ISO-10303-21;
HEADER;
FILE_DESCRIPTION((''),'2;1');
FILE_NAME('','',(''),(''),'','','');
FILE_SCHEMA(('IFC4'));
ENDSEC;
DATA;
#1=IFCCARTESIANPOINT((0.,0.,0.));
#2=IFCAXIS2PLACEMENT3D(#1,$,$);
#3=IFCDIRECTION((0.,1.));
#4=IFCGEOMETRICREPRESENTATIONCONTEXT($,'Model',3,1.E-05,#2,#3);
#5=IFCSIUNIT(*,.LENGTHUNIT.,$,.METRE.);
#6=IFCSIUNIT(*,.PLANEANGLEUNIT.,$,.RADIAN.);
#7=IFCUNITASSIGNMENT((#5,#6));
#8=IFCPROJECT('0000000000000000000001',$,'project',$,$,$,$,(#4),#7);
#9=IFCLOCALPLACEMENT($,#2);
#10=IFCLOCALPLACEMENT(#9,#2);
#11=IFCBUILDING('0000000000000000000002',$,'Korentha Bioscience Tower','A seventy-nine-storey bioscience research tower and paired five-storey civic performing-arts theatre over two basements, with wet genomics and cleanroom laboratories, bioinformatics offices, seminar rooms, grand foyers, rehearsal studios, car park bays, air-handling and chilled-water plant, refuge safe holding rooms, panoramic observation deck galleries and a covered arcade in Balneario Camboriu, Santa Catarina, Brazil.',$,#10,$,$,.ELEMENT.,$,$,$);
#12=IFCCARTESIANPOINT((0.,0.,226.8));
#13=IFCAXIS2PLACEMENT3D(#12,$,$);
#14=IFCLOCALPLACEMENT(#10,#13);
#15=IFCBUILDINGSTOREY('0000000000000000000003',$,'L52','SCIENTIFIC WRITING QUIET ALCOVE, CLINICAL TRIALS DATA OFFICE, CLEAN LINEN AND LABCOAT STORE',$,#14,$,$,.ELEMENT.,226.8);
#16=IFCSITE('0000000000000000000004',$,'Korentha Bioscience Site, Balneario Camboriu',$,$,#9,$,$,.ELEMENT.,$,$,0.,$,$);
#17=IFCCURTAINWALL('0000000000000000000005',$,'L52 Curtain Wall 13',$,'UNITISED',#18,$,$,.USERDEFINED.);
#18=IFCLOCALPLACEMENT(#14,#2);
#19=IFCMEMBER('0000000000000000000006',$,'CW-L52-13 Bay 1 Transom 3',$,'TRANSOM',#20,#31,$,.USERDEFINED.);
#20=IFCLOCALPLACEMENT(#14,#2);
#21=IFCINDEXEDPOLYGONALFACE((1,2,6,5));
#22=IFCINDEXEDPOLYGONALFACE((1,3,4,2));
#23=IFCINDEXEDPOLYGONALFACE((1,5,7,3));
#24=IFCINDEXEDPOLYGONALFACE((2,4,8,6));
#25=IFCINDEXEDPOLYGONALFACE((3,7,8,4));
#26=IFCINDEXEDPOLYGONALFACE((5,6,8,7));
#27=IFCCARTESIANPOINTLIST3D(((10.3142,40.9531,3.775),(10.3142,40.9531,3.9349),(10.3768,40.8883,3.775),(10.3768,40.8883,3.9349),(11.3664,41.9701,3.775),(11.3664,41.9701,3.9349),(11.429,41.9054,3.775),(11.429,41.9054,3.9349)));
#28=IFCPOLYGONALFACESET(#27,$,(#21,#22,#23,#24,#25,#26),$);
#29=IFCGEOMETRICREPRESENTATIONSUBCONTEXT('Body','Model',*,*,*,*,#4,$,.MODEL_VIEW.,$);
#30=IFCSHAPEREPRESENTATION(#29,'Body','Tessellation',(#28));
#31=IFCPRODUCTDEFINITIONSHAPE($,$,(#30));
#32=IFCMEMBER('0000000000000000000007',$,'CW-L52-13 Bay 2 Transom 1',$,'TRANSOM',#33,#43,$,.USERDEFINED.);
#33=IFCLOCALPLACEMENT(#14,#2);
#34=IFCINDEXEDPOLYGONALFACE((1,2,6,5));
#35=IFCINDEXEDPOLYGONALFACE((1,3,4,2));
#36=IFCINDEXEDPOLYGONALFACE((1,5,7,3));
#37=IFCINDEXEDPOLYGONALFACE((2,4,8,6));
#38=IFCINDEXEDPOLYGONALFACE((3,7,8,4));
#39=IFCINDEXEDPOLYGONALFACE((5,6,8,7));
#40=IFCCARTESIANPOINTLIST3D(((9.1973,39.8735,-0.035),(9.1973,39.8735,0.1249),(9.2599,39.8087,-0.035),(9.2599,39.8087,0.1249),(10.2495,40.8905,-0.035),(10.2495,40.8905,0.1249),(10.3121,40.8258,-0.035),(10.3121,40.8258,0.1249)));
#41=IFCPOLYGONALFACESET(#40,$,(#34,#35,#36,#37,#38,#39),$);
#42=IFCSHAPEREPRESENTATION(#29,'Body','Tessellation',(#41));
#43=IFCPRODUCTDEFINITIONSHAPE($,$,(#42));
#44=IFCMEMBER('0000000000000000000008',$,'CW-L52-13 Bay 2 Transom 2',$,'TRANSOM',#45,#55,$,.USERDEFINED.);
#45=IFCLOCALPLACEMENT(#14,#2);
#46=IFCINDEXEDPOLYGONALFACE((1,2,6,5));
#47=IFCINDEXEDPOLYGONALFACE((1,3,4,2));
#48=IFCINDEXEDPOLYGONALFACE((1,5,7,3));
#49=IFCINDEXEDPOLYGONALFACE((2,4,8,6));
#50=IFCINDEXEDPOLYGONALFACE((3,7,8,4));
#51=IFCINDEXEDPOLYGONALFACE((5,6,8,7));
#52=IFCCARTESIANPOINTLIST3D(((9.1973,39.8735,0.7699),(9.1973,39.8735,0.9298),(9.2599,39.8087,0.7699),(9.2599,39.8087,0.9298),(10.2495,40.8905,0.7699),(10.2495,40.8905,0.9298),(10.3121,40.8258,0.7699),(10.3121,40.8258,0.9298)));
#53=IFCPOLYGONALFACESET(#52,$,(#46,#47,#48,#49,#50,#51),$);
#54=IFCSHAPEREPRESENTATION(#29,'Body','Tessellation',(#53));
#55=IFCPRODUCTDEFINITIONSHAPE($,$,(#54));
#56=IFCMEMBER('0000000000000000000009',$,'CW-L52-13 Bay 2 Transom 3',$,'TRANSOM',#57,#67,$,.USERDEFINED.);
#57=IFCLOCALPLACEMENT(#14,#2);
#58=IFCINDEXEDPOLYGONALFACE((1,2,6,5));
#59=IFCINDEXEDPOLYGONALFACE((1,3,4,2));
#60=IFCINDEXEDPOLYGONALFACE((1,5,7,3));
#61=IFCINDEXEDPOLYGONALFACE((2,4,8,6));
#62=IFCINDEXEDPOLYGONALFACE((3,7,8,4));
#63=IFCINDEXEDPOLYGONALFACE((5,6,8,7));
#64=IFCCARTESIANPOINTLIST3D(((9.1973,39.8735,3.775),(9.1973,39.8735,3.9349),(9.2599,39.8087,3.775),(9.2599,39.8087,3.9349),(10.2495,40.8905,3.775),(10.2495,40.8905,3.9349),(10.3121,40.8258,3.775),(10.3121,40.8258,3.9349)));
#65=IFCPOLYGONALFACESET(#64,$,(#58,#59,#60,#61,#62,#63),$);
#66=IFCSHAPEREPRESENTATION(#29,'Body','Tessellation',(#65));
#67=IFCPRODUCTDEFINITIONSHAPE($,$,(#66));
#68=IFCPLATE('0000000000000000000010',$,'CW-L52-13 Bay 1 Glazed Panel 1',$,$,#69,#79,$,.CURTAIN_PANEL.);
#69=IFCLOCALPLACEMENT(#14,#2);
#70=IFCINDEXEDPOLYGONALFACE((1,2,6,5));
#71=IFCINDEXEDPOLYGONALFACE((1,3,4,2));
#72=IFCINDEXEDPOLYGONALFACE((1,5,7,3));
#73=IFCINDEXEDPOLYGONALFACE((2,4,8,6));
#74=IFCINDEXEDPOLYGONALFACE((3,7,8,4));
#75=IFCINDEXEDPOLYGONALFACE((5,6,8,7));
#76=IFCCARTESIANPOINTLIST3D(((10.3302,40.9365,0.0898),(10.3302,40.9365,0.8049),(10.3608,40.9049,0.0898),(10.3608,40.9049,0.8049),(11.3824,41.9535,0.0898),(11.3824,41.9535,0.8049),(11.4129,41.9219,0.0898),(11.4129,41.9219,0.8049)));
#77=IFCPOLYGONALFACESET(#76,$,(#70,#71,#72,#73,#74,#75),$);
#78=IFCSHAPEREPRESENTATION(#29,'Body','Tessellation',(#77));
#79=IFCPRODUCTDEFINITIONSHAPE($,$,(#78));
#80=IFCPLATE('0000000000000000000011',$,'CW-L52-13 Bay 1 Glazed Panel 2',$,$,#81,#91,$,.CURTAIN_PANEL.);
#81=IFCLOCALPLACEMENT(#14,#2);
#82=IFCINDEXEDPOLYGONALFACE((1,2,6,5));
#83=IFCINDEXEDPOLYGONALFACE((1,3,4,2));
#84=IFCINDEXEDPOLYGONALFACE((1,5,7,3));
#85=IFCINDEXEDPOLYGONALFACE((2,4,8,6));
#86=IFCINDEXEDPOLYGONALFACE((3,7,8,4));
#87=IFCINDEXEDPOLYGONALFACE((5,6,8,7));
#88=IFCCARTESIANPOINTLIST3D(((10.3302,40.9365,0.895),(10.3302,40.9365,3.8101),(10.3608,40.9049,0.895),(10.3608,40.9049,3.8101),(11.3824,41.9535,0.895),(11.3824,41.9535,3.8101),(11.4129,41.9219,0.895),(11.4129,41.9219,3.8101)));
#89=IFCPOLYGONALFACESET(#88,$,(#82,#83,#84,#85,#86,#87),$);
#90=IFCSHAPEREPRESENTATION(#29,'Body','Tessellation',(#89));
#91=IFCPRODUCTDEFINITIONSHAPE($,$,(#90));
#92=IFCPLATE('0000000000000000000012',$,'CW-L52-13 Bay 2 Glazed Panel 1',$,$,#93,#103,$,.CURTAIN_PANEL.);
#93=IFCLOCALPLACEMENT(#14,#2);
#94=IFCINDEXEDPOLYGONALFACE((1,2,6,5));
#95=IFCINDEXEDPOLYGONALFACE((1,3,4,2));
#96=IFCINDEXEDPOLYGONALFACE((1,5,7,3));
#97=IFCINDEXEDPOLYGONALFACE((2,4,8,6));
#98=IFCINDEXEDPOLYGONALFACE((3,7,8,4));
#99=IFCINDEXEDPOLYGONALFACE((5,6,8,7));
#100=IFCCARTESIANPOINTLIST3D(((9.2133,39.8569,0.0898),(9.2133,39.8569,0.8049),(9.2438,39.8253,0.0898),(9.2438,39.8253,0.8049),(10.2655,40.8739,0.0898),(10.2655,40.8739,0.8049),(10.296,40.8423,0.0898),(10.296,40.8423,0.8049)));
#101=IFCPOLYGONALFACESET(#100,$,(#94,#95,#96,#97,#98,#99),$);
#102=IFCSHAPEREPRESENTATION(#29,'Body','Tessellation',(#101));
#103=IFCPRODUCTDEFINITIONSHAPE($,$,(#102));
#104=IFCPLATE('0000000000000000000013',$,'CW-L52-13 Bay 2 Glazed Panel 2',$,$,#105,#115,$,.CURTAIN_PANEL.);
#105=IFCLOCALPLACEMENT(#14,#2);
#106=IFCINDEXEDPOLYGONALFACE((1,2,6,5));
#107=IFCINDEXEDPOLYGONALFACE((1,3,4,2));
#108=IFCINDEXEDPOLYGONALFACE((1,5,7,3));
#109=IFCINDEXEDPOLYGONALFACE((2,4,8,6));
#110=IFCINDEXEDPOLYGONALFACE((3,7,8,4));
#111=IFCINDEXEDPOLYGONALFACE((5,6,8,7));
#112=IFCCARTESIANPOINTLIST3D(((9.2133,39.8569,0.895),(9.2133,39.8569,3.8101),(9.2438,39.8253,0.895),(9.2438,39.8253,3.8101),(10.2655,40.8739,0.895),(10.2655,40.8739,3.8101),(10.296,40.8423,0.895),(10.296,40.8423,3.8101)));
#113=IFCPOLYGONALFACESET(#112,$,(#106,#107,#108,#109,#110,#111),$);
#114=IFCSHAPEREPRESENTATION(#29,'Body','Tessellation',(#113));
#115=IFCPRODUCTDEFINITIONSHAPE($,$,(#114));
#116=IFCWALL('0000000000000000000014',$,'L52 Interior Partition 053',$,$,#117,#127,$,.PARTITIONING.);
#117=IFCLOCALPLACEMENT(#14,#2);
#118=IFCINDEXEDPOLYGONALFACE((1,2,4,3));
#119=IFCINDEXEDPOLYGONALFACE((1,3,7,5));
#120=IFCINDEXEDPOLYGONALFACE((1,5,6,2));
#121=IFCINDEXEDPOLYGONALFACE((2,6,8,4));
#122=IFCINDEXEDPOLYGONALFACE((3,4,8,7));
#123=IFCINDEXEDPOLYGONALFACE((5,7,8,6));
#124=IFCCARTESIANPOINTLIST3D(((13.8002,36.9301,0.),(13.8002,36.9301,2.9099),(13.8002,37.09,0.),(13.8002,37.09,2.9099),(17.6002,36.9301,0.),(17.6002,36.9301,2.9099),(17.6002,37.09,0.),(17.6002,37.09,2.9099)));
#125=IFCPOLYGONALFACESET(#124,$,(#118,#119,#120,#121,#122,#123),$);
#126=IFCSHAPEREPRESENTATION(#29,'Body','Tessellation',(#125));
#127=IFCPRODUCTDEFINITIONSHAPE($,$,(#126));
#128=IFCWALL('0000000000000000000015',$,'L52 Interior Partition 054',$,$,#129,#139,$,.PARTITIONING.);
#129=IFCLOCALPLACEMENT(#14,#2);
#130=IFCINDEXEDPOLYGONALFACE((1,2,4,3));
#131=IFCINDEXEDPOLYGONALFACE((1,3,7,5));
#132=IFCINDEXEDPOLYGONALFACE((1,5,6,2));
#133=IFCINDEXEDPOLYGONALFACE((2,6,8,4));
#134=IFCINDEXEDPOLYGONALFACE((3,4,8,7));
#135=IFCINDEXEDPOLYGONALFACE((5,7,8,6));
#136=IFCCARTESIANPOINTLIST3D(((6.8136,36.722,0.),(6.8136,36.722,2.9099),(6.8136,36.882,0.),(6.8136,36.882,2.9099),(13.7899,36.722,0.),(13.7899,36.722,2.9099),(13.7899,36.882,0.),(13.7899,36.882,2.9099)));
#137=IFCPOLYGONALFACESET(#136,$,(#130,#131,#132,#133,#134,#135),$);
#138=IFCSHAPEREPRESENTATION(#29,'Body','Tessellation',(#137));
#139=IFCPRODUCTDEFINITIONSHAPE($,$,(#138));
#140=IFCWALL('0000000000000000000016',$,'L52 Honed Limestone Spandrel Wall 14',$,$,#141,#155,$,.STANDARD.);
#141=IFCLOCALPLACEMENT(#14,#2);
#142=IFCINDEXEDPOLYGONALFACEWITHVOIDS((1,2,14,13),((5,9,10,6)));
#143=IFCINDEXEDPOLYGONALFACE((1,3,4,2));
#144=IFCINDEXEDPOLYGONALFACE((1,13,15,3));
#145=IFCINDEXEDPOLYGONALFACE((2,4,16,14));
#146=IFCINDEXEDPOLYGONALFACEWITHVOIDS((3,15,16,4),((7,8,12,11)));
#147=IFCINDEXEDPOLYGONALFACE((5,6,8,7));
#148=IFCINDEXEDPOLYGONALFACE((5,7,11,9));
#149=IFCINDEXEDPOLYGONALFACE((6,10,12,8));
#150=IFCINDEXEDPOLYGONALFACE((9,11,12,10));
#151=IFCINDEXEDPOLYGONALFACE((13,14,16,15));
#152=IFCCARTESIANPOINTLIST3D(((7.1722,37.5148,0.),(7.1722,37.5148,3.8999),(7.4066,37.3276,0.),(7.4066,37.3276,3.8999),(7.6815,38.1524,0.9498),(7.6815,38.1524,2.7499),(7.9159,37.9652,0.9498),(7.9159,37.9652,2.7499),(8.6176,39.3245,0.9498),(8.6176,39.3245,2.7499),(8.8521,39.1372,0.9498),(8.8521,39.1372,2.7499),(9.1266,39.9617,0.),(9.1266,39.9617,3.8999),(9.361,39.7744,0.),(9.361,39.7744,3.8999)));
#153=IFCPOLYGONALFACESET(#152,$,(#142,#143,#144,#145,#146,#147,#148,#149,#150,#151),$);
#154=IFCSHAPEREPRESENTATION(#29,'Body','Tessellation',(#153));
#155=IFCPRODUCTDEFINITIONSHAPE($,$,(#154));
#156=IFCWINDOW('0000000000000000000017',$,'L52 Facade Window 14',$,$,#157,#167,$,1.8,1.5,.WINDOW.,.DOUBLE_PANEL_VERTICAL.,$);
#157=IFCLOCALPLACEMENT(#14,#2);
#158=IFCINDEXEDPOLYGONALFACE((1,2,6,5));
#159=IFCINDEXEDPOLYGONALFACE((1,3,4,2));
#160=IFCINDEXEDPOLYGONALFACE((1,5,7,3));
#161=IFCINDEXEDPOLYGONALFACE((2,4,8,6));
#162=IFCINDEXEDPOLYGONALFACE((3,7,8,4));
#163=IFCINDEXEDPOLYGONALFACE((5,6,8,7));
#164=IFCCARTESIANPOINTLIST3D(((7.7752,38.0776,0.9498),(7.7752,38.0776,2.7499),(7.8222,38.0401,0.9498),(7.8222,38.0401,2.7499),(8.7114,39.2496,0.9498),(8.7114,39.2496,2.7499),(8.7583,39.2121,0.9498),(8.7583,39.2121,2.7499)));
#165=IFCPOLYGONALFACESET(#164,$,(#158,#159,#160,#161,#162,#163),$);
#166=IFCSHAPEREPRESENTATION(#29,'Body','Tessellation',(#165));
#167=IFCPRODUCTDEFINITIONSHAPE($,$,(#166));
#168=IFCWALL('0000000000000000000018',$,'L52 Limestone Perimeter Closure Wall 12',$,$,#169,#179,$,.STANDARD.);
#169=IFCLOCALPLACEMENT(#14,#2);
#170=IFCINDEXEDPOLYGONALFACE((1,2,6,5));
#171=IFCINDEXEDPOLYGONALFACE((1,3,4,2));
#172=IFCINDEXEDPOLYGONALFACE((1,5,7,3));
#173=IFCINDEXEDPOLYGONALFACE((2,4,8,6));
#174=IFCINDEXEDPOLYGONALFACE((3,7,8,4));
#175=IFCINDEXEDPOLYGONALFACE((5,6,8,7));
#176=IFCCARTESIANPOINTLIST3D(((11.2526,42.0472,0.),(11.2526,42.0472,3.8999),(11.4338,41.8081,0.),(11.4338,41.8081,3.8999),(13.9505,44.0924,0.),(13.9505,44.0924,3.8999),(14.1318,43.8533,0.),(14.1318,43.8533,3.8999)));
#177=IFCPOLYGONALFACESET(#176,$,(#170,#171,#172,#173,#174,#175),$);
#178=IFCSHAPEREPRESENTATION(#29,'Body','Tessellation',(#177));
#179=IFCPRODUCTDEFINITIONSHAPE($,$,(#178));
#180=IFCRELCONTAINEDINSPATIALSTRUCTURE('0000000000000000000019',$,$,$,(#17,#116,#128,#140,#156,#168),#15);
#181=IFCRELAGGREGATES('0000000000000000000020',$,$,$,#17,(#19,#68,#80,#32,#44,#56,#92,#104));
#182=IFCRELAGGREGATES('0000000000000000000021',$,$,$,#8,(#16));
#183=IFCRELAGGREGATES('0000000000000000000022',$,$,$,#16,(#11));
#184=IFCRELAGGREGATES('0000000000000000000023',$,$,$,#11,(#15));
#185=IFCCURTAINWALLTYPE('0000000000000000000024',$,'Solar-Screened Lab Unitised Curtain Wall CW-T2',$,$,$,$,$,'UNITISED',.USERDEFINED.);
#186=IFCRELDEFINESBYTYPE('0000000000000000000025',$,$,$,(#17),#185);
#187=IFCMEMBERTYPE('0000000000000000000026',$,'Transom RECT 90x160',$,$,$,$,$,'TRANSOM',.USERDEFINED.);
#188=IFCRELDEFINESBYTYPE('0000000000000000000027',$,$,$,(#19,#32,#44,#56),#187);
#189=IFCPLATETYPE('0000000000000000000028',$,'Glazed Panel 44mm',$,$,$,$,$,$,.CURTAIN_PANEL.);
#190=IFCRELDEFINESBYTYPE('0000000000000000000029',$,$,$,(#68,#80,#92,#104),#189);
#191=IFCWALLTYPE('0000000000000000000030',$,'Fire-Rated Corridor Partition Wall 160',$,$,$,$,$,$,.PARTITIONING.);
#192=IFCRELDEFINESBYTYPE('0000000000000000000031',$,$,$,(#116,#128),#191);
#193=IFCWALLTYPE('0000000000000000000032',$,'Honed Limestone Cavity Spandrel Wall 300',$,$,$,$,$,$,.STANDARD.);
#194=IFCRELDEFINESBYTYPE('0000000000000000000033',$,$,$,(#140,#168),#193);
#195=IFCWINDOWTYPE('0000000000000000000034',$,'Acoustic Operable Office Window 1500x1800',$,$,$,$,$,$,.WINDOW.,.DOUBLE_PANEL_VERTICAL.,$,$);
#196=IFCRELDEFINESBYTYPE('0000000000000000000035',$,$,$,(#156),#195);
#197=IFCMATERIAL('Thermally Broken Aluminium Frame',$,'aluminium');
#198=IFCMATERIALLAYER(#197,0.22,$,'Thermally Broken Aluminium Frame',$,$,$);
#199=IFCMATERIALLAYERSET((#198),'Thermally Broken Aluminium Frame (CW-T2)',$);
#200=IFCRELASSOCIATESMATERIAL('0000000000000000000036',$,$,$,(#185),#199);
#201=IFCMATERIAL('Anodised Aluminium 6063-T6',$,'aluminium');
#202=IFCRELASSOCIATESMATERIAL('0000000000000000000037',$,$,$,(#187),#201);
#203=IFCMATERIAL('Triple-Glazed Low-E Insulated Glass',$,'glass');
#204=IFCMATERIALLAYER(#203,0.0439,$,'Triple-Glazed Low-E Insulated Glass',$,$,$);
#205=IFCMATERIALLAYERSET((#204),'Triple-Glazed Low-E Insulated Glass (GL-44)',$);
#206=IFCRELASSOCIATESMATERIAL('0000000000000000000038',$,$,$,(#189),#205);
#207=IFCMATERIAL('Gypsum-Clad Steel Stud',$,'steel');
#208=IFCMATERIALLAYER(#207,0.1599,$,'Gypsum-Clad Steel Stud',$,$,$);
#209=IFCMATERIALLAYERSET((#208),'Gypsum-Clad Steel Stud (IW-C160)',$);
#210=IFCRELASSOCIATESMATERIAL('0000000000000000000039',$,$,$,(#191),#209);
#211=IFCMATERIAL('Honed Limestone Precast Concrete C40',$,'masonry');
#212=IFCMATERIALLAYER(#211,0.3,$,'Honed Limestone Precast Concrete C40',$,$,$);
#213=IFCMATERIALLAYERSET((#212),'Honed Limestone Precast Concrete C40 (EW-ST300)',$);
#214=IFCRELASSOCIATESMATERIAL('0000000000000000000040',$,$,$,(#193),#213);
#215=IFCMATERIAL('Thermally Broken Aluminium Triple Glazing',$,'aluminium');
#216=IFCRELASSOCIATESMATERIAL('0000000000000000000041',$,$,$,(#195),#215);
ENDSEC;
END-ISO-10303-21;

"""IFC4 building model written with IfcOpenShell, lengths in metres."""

from ifc_helpers import new_model, si_unit, direction, frame, frame_2d, origin, origin_2d, place, context, subcontext, project, spatial, rectangle, extrude, material, layer, layer_set, material_profile, profile_set, type_object, element, fill, aggregate, save


model = new_model("IFC4")

# Units and contexts
model_context = context("Model", 3, precision=1e-05, world=origin(), true_north=direction((0.0, 1.0)))
body_context = subcontext(model_context, "Body", "Model", "MODEL_VIEW")
ifc_project = project(units=[si_unit("LENGTHUNIT", "METRE"), si_unit("PLANEANGLEUNIT", "RADIAN")], contexts=[model_context])

# Site, building, storey
site_placement = place(None, origin())
site = spatial("IfcSite", under=ifc_project, at=site_placement, Name="Korentha Bioscience Site, Balneario Camboriu", CompositionType="ELEMENT", RefElevation=0.0)
building_placement = place(site_placement, origin())
building = spatial("IfcBuilding", under=site, at=building_placement, Name="Korentha Bioscience Tower", Description="A seventy-nine-storey bioscience research tower and paired five-storey civic performing-arts theatre over two basements, with wet genomics and cleanroom laboratories, bioinformatics offices, seminar rooms, grand foyers, rehearsal studios, car park bays, air-handling and chilled-water plant, refuge safe holding rooms, panoramic observation deck galleries and a covered arcade in Balneario Camboriu, Santa Catarina, Brazil.", CompositionType="ELEMENT")
storey_placement = place(building_placement, frame((0.0, 0.0, 226.8)))
storey = spatial("IfcBuildingStorey", under=building, at=storey_placement, Name="L52", Description="SCIENTIFIC WRITING QUIET ALCOVE, CLINICAL TRIALS DATA OFFICE, CLEAN LINEN AND LABCOAT STORE", CompositionType="ELEMENT", Elevation=226.8)

# Curtain wall
ifc_material_1 = material(Name="Thermally Broken Aluminium Frame", Category="aluminium")
ifc_layer_1 = layer(ifc_material_1, 0.22, Name="Thermally Broken Aluminium Frame")
ifc_layer_set_1 = layer_set([ifc_layer_1], Name="Thermally Broken Aluminium Frame (CW-T2)")
curtain_wall_type = type_object("IfcCurtainWallType", Name="Solar-Screened Lab Unitised Curtain Wall CW-T2", ElementType="UNITISED", PredefinedType="USERDEFINED", material=ifc_layer_set_1)
curtain_wall_placement = place(storey_placement, origin())
curtain_wall = element("IfcCurtainWall", 1, at=curtain_wall_placement, inside=storey, type_object=curtain_wall_type, Name="L52 Curtain Wall 13", ObjectType="UNITISED", PredefinedType="USERDEFINED")
ifc_material_2 = material(Name="Anodised Aluminium 6063-T6", Category="aluminium")

# Members
ifc_material_profile_1 = material_profile(ifc_material_2, rectangle(XDim=0.0901, YDim=0.1599, at=origin_2d()), Name="Anodised Aluminium 6063-T6")
ifc_profile_set_1 = profile_set([ifc_material_profile_1], Name="Anodised Aluminium 6063-T6 (CW-TRN)")
member_type_1 = type_object("IfcMemberType", Name="Transom RECT 90x160", ElementType="TRANSOM", PredefinedType="USERDEFINED", material=ifc_profile_set_1)
member_1_placement = place(storey_placement, frame((11.3977, 41.9377, 3.855), z_axis=(-0.719016, -0.694993, 0.0), x_axis=(0.694993, -0.719016, 0.0)))
member_1 = element("IfcMember", 2, at=member_1_placement, type_object=member_type_1, Name="CW-L52-13 Bay 1 Transom 3", ObjectType="TRANSOM", PredefinedType="USERDEFINED", context=body_context, shape_type="SweptSolid", body=[
    extrude(rectangle(XDim=0.0901, YDim=0.1599, at=origin_2d()), origin(), (0.0, 0.0, 1.0), 1.4634),
])
member_2_placement = place(storey_placement, frame((10.2808, 40.8582, 0.0449), z_axis=(-0.719016, -0.694993, 0.0), x_axis=(0.694993, -0.719016, 0.0)))
member_2 = element("IfcMember", 3, at=member_2_placement, type_object=member_type_1, Name="CW-L52-13 Bay 2 Transom 1", ObjectType="TRANSOM", PredefinedType="USERDEFINED", context=body_context, shape_type="SweptSolid", body=[
    extrude(rectangle(XDim=0.0901, YDim=0.1599, at=origin_2d()), origin(), (0.0, 0.0, 1.0), 1.4634),
])
member_3_placement = place(storey_placement, frame((10.2808, 40.8582, 0.8499), z_axis=(-0.719016, -0.694993, 0.0), x_axis=(0.694993, -0.719016, 0.0)))
member_3 = element("IfcMember", 4, at=member_3_placement, type_object=member_type_1, Name="CW-L52-13 Bay 2 Transom 2", ObjectType="TRANSOM", PredefinedType="USERDEFINED", context=body_context, shape_type="SweptSolid", body=[
    extrude(rectangle(XDim=0.0901, YDim=0.1599, at=origin_2d()), origin(), (0.0, 0.0, 1.0), 1.4634),
])
member_4_placement = place(storey_placement, frame((10.2808, 40.8582, 3.855), z_axis=(-0.719016, -0.694993, 0.0), x_axis=(0.694993, -0.719016, 0.0)))
member_4 = element("IfcMember", 5, at=member_4_placement, type_object=member_type_1, Name="CW-L52-13 Bay 2 Transom 3", ObjectType="TRANSOM", PredefinedType="USERDEFINED", context=body_context, shape_type="SweptSolid", body=[
    extrude(rectangle(XDim=0.0901, YDim=0.1599, at=origin_2d()), origin(), (0.0, 0.0, 1.0), 1.4634),
])

# Plates
ifc_material_3 = material(Name="Triple-Glazed Low-E Insulated Glass", Category="glass")
ifc_layer_2 = layer(ifc_material_3, 0.0439, Name="Triple-Glazed Low-E Insulated Glass")
ifc_layer_set_2 = layer_set([ifc_layer_2], Name="Triple-Glazed Low-E Insulated Glass (GL-44)")
plate_type = type_object("IfcPlateType", Name="Glazed Panel 44mm", PredefinedType="CURTAIN_PANEL", material=ifc_layer_set_2)
plate_1_placement = place(storey_placement, frame((10.8716, 41.4292, 0.0898), z_axis=(0.0, 0.0, 1.0), x_axis=(-0.719, -0.69501, 0.0)))
plate_1 = element("IfcPlate", 6, at=plate_1_placement, type_object=plate_type, Name="CW-L52-13 Bay 1 Glazed Panel 1", PredefinedType="CURTAIN_PANEL", context=body_context, shape_type="SweptSolid", body=[
    extrude(rectangle(XDim=1.4634, YDim=0.0439, at=origin_2d()), origin(), (0.0, 0.0, 1.0), 0.7151),
])
plate_2_placement = place(storey_placement, frame((10.8716, 41.4292, 0.895), z_axis=(0.0, 0.0, 1.0), x_axis=(-0.719, -0.69501, 0.0)))
plate_2 = element("IfcPlate", 7, at=plate_2_placement, type_object=plate_type, Name="CW-L52-13 Bay 1 Glazed Panel 2", PredefinedType="CURTAIN_PANEL", context=body_context, shape_type="SweptSolid", body=[
    extrude(rectangle(XDim=1.4634, YDim=0.0439, at=origin_2d()), origin(), (0.0, 0.0, 1.0), 2.915),
])
plate_3_placement = place(storey_placement, frame((9.7546, 40.3496, 0.0898), z_axis=(0.0, 0.0, 1.0), x_axis=(-0.719, -0.69501, 0.0)))
plate_3 = element("IfcPlate", 8, at=plate_3_placement, type_object=plate_type, Name="CW-L52-13 Bay 2 Glazed Panel 1", PredefinedType="CURTAIN_PANEL", context=body_context, shape_type="SweptSolid", body=[
    extrude(rectangle(XDim=1.4634, YDim=0.0439, at=origin_2d()), origin(), (0.0, 0.0, 1.0), 0.7151),
])
plate_4_placement = place(storey_placement, frame((9.7546, 40.3496, 0.895), z_axis=(0.0, 0.0, 1.0), x_axis=(-0.719, -0.69501, 0.0)))
plate_4 = element("IfcPlate", 9, at=plate_4_placement, type_object=plate_type, Name="CW-L52-13 Bay 2 Glazed Panel 2", PredefinedType="CURTAIN_PANEL", context=body_context, shape_type="SweptSolid", body=[
    extrude(rectangle(XDim=1.4634, YDim=0.0439, at=origin_2d()), origin(), (0.0, 0.0, 1.0), 2.915),
])
aggregate(curtain_wall, [member_1, plate_1, plate_2, member_2, member_3, member_4, plate_3, plate_4])

# Walls
ifc_material_4 = material(Name="Gypsum-Clad Steel Stud", Category="steel")
ifc_layer_3 = layer(ifc_material_4, 0.1599, Name="Gypsum-Clad Steel Stud")
ifc_layer_set_3 = layer_set([ifc_layer_3], Name="Gypsum-Clad Steel Stud (IW-C160)")
wall_type_1 = type_object("IfcWallType", Name="Fire-Rated Corridor Partition Wall 160", PredefinedType="PARTITIONING", material=ifc_layer_set_3)
wall_1_placement = place(storey_placement, frame((17.6001, 37.01, 0.0), z_axis=(0.0, 0.0, 1.0), x_axis=(-1.0, 0.0, 0.0)))
element("IfcWall", 10, at=wall_1_placement, inside=storey, type_object=wall_type_1, Name="L52 Interior Partition 053", PredefinedType="PARTITIONING", context=body_context, shape_type="SweptSolid", body=[
    extrude(rectangle(XDim=3.8, YDim=0.1599, at=frame_2d((1.8999, 0.0))), origin(), (0.0, 0.0, 1.0), 2.9099),
])
wall_2_placement = place(storey_placement, frame((13.79, 36.802, 0.0), z_axis=(0.0, 0.0, 1.0), x_axis=(-1.0, 0.0, 0.0)))
element("IfcWall", 11, at=wall_2_placement, inside=storey, type_object=wall_type_1, Name="L52 Interior Partition 054", PredefinedType="PARTITIONING", context=body_context, shape_type="SweptSolid", body=[
    extrude(rectangle(XDim=6.9763, YDim=0.1599, at=frame_2d((3.4883, 0.0))), origin(), (0.0, 0.0, 1.0), 2.9099),
])

# Shared definitions
ifc_material_5 = material(Name="Honed Limestone Precast Concrete C40", Category="masonry")
ifc_layer_4 = layer(ifc_material_5, 0.3, Name="Honed Limestone Precast Concrete C40")
ifc_layer_set_4 = layer_set([ifc_layer_4], Name="Honed Limestone Precast Concrete C40 (EW-ST300)")
wall_type_2 = type_object("IfcWallType", Name="Honed Limestone Cavity Spandrel Wall 300", PredefinedType="STANDARD", material=ifc_layer_set_4)

# Wall, opening, window
wall_3_placement = place(storey_placement, frame((9.2439, 39.8682, 0.0), z_axis=(0.0, 0.0, 1.0), x_axis=(-0.624096, -0.781348, 0.0)))
wall_3 = element("IfcWall", 12, at=wall_3_placement, inside=storey, type_object=wall_type_2, Name="L52 Honed Limestone Spandrel Wall 14", PredefinedType="STANDARD", context=body_context, shape_type="SweptSolid", body=[
    extrude(rectangle(XDim=3.1316, YDim=0.3, at=frame_2d((1.5659, 0.0))), origin(), (0.0, 0.0, 1.0), 3.8999),
])
opening_1_placement = place(wall_3_placement, frame((0.8157, 0.0, 0.95)))
opening_1 = element("IfcOpeningElement", 13, at=opening_1_placement, cuts=wall_3, PredefinedType="OPENING", context=body_context, shape_type="SweptSolid", body=[
    extrude(rectangle(XDim=1.5, YDim=1.8, at=frame_2d((0.75, 0.8999))), frame((0.0, 0.165, 0.0), z_axis=(0.0, -1.0, 0.0), x_axis=(1.0, 0.0, 0.0)), (0.0, 0.0, 1.0), 0.3298),
])
ifc_material_6 = material(Name="Thermally Broken Aluminium Triple Glazing", Category="aluminium")
window_type = type_object("IfcWindowType", Name="Acoustic Operable Office Window 1500x1800", PartitioningType="DOUBLE_PANEL_VERTICAL", PredefinedType="WINDOW", material=ifc_material_6)
window_placement = place(opening_1_placement, origin())
window = element("IfcWindow", 14, at=window_placement, inside=storey, type_object=window_type, Name="L52 Facade Window 14", OverallHeight=1.8, OverallWidth=1.5, PartitioningType="DOUBLE_PANEL_VERTICAL", PredefinedType="WINDOW", context=body_context, shape_type="SweptSolid", body=[
    extrude(rectangle(XDim=1.5, YDim=1.8, at=frame_2d((0.75, 0.8999))), frame((0.0, 0.03, 0.0), z_axis=(0.0, -1.0, 0.0), x_axis=(1.0, 0.0, 0.0)), (0.0, 0.0, 1.0), 0.0601),
])
fill(opening_1, window)

# Wall
wall_4_placement = place(storey_placement, frame((14.0413, 43.9729, 0.0), z_axis=(0.0, 0.0, 1.0), x_axis=(-0.796918, -0.604088, 0.0)))
element("IfcWall", 15, at=wall_4_placement, inside=storey, type_object=wall_type_2, Name="L52 Limestone Perimeter Closure Wall 12", PredefinedType="STANDARD", context=body_context, shape_type="SweptSolid", body=[
    extrude(rectangle(XDim=3.3855, YDim=0.3, at=frame_2d((1.6929, 0.0))), origin(), (0.0, 0.0, 1.0), 3.8999),
])

save(model, "model.ifc")
